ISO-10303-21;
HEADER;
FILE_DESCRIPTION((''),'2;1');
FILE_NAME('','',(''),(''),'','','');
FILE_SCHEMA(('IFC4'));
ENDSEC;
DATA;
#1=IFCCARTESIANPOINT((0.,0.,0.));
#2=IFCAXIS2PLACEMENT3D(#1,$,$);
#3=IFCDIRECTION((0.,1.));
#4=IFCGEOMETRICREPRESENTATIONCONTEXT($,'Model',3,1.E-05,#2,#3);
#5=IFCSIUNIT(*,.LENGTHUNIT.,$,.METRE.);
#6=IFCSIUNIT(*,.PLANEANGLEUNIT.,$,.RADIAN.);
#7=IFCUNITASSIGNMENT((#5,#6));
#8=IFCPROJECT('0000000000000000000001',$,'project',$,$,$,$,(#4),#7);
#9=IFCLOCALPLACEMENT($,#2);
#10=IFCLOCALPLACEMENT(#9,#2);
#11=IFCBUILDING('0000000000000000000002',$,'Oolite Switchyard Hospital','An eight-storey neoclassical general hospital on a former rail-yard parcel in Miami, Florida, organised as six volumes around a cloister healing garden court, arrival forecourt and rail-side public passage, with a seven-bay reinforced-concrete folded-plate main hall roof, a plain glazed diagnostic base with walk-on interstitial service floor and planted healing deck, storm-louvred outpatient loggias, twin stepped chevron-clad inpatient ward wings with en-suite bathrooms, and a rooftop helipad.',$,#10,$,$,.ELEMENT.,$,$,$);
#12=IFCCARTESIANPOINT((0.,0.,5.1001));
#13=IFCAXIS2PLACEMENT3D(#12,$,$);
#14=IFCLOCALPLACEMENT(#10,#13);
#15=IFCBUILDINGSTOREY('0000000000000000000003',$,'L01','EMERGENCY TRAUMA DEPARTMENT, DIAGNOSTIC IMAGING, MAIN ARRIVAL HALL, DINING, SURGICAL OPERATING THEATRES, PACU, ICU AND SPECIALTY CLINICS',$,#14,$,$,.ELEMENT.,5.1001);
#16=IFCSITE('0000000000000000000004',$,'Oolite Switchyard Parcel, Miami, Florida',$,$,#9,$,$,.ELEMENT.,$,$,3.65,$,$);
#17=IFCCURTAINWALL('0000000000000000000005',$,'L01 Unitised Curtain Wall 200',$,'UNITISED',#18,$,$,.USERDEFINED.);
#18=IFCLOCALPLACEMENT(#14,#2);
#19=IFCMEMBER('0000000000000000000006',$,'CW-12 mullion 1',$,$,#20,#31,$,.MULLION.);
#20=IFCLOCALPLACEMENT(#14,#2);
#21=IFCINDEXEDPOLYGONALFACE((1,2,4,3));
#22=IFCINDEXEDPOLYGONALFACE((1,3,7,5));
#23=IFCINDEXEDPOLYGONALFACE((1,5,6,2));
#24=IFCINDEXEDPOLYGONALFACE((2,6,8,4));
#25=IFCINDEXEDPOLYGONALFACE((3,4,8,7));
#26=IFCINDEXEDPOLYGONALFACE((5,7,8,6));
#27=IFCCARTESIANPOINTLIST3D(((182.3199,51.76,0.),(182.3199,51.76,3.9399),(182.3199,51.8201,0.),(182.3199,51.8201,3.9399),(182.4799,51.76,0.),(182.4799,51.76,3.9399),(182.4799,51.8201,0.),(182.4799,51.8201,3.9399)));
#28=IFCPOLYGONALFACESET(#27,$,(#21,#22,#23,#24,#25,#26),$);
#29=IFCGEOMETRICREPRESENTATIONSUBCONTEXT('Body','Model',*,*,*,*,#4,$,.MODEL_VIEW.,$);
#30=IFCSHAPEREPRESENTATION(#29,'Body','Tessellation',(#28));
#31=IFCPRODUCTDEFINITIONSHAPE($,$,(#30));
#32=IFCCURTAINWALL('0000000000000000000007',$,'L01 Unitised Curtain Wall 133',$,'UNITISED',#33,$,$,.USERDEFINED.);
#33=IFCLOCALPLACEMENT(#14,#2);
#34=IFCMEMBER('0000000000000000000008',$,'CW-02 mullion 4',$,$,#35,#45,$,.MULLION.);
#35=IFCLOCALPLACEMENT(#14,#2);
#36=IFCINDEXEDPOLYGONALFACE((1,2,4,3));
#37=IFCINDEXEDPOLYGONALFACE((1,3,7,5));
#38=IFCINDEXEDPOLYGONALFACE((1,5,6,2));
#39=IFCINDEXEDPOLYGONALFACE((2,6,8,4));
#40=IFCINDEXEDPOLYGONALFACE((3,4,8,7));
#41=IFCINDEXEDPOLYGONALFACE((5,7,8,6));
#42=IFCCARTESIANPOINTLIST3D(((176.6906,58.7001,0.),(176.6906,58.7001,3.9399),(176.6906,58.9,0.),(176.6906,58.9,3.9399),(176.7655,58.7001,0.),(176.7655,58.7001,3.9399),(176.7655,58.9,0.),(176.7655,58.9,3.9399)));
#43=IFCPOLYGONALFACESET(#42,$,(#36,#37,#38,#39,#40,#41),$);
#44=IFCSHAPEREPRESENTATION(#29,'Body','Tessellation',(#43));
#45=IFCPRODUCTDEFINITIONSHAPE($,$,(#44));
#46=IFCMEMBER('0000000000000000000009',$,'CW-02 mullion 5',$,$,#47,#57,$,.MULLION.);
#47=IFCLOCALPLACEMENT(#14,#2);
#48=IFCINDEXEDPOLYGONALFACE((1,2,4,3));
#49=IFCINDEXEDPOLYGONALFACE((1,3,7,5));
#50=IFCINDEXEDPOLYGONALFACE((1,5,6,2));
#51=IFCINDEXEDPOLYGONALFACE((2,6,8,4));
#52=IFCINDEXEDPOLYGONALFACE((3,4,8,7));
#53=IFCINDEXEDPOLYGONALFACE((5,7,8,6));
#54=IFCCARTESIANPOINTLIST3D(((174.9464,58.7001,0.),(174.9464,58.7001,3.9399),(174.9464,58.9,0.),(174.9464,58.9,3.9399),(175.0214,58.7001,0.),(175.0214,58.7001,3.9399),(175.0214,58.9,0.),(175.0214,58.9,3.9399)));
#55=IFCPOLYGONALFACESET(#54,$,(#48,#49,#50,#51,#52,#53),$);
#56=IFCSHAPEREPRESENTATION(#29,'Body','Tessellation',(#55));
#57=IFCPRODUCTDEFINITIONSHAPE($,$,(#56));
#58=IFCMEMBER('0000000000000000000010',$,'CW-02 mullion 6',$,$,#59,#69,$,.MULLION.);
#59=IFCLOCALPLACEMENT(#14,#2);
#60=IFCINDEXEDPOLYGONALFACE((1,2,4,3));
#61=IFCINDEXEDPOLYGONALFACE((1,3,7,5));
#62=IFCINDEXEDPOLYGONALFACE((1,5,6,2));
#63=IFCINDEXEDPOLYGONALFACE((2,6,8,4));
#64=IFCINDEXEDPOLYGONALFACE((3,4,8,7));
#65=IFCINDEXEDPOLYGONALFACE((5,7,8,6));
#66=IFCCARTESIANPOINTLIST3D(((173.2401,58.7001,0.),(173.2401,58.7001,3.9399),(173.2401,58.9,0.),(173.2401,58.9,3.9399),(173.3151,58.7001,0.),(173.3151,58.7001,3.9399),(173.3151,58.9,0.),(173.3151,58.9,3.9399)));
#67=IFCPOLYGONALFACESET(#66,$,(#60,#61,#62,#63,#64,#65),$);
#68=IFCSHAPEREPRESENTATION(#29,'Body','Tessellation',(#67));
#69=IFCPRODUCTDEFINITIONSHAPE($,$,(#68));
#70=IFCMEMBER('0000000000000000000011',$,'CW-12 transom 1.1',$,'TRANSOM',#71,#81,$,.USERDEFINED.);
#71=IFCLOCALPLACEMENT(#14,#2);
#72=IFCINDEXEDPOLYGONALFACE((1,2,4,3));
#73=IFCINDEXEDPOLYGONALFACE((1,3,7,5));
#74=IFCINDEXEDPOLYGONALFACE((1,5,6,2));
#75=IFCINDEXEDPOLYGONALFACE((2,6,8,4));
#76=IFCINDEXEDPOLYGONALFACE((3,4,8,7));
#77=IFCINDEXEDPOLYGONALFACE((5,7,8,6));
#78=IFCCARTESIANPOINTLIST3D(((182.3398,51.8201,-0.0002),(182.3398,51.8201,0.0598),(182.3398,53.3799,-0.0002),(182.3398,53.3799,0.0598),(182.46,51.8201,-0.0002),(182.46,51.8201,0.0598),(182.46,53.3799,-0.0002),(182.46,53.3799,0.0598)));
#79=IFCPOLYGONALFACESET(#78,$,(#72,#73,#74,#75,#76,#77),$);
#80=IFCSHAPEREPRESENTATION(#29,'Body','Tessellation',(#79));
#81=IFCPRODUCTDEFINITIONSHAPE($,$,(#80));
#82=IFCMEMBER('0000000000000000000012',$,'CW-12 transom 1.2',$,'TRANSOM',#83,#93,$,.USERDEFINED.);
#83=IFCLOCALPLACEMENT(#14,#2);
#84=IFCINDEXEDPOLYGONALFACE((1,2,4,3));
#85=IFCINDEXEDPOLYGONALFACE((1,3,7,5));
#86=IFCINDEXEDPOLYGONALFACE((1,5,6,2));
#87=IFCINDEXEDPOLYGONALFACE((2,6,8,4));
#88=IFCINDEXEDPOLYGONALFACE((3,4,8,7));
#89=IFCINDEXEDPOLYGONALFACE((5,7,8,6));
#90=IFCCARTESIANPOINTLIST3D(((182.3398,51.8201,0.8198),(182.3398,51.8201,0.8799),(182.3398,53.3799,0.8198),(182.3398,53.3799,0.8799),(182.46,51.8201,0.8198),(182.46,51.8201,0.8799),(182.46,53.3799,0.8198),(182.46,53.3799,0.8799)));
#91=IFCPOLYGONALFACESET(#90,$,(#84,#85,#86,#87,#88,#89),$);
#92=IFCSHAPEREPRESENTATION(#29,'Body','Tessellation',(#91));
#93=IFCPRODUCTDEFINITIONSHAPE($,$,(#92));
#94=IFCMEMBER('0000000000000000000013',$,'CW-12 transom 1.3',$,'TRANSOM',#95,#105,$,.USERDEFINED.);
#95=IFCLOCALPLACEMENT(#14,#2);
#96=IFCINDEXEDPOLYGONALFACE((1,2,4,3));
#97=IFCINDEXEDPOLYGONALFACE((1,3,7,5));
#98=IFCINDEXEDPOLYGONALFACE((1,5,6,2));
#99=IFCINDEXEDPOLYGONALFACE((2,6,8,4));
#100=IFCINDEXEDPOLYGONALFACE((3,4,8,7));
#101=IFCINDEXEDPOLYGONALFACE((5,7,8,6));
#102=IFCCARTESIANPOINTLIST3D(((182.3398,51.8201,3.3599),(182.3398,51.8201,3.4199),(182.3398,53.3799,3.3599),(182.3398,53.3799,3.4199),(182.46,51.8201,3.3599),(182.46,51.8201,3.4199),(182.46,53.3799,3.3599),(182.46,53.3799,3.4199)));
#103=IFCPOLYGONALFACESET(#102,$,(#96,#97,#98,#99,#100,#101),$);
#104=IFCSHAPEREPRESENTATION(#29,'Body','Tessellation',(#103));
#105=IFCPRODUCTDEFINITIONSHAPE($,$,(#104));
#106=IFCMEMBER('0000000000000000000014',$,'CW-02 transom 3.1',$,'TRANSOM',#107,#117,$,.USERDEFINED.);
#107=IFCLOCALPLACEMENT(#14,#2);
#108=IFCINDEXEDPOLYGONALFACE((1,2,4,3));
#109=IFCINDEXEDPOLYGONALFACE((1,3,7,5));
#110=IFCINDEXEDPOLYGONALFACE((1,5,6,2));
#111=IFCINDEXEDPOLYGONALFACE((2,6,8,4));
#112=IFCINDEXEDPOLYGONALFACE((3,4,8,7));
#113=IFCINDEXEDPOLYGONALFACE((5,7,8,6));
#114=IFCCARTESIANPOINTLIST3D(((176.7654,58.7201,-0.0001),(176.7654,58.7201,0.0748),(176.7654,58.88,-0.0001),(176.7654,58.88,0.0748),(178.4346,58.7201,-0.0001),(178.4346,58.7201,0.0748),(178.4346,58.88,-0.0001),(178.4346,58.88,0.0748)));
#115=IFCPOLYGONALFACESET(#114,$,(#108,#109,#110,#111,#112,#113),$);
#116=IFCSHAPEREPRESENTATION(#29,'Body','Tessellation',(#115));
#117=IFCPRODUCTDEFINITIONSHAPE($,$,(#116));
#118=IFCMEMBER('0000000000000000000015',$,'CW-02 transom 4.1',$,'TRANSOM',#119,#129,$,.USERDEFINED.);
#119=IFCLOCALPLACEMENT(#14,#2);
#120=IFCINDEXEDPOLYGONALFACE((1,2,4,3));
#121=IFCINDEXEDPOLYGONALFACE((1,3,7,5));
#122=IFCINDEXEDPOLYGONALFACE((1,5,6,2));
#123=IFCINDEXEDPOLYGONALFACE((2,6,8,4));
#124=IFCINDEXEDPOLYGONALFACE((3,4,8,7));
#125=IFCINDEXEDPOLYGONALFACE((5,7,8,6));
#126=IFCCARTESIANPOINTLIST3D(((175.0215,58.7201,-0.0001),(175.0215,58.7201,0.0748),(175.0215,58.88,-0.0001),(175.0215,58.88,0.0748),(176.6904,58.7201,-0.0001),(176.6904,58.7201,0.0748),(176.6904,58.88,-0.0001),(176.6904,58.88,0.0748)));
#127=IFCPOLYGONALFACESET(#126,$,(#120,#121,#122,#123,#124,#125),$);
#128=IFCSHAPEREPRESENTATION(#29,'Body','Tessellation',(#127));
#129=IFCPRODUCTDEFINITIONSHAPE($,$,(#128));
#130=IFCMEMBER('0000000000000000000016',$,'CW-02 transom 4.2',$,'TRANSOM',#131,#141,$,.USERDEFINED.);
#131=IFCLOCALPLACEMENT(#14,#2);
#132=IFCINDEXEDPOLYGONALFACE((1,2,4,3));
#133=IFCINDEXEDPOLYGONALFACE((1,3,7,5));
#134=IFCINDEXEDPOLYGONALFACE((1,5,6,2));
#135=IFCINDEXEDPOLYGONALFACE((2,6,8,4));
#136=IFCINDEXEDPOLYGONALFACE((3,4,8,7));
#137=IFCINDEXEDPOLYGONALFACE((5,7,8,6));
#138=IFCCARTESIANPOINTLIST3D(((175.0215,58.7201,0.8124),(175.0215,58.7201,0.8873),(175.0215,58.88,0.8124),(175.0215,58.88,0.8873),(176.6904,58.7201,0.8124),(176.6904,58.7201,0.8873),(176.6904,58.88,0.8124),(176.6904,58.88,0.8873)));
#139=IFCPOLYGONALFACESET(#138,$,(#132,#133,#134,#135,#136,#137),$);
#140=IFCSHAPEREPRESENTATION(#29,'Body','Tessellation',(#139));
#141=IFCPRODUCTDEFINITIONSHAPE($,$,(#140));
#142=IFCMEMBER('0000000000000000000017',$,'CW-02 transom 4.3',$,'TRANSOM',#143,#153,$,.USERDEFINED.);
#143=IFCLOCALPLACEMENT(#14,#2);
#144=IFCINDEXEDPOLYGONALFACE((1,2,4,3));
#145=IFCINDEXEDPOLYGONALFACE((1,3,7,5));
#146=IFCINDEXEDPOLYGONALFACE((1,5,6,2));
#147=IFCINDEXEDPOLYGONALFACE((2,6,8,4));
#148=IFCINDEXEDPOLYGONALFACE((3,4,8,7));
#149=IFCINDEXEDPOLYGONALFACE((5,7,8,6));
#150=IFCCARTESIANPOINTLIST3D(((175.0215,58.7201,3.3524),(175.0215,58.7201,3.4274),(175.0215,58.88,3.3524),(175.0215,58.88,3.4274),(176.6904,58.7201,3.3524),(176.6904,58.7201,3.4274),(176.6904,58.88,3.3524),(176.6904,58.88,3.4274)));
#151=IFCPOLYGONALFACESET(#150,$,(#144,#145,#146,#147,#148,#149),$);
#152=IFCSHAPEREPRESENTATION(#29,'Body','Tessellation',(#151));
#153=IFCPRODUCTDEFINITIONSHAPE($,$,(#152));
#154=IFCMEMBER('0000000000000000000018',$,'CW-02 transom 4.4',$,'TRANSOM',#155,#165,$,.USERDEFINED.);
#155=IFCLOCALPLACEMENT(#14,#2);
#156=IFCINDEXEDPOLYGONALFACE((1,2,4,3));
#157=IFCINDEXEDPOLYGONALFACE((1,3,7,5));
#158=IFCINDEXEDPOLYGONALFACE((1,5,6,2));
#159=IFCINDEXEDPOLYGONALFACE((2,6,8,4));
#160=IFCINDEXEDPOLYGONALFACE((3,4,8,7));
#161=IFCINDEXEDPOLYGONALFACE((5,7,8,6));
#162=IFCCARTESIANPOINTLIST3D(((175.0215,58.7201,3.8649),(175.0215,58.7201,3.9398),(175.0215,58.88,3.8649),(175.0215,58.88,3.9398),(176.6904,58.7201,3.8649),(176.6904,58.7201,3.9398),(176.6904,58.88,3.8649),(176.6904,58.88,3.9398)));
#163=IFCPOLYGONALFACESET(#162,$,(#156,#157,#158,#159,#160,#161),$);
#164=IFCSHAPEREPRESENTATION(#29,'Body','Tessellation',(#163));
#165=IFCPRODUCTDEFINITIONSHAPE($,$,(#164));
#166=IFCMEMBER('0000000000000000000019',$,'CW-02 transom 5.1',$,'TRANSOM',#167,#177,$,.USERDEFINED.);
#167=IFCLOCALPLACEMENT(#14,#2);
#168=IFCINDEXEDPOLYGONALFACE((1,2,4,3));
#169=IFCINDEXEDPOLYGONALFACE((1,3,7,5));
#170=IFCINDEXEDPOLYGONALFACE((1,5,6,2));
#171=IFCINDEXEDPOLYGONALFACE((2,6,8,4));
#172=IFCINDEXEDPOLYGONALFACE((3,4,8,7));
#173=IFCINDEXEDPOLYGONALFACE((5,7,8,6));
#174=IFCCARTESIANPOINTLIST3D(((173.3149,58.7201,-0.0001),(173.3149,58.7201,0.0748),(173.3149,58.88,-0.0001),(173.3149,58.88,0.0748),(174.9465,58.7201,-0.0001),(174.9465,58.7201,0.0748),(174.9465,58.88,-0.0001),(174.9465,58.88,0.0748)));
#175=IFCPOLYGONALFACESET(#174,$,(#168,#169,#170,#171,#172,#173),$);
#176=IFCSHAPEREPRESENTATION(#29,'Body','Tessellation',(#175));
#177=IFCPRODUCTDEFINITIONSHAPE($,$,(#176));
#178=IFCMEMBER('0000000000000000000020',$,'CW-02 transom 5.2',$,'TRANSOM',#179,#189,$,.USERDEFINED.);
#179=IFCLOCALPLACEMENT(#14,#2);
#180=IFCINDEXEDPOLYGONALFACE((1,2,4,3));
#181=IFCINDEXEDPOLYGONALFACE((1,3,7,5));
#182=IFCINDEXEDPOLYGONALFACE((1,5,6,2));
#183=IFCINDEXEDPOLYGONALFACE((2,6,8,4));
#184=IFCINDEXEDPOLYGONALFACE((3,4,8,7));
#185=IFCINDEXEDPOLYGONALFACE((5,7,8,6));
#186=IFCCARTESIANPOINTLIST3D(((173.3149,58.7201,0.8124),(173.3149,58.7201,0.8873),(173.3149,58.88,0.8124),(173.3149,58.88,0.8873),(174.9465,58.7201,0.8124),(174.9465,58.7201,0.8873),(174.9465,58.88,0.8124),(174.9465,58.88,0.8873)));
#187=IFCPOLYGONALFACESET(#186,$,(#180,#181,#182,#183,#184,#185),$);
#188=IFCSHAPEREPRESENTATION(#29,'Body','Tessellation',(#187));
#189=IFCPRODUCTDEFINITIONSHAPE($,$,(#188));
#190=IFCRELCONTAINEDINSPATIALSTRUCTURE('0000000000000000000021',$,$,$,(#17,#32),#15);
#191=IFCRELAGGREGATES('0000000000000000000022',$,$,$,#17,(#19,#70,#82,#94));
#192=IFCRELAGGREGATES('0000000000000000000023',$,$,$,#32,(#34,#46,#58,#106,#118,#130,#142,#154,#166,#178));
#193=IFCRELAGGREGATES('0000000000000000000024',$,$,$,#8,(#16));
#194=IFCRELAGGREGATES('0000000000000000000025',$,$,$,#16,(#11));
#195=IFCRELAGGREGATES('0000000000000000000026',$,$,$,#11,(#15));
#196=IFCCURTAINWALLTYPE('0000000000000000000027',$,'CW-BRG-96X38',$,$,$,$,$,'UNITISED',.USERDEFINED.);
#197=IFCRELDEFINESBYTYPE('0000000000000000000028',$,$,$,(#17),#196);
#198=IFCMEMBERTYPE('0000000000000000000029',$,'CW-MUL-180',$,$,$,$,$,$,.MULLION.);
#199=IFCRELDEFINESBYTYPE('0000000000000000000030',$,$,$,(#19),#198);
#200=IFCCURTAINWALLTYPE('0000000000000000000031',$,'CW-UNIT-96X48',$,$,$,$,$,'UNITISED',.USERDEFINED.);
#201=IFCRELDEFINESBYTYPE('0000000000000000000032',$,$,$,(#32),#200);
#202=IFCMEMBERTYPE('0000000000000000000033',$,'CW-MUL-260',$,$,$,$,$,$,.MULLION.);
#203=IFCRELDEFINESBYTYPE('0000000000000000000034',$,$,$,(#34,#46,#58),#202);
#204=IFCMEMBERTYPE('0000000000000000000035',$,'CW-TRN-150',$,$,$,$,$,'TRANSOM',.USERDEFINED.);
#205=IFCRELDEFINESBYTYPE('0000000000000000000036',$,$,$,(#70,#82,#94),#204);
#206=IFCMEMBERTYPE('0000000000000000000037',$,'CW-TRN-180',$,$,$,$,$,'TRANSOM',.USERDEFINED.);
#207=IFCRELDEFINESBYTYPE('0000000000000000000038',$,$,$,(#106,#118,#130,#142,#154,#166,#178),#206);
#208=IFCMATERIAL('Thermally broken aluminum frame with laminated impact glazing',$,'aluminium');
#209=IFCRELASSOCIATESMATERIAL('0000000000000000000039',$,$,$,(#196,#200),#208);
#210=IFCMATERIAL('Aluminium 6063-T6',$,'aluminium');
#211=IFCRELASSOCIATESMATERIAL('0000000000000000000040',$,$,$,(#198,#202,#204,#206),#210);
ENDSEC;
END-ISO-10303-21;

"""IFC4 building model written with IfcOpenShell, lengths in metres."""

from ifc_helpers import new_model, si_unit, direction, frame, origin, origin_2d, place, context, subcontext, project, spatial, rectangle, extrude, material, material_profile, profile_set, type_object, element, aggregate, save


model = new_model("IFC4")

# Units and contexts
model_context = context("Model", 3, precision=1e-05, world=origin(), true_north=direction((0.0, 1.0)))
body_context = subcontext(model_context, "Body", "Model", "MODEL_VIEW")
ifc_project = project(units=[si_unit("LENGTHUNIT", "METRE"), si_unit("PLANEANGLEUNIT", "RADIAN")], contexts=[model_context])

# Site, building, storey
site_placement = place(None, origin())
site = spatial("IfcSite", under=ifc_project, at=site_placement, Name="Oolite Switchyard Parcel, Miami, Florida", CompositionType="ELEMENT", RefElevation=3.65)
building_placement = place(site_placement, origin())
building = spatial("IfcBuilding", under=site, at=building_placement, Name="Oolite Switchyard Hospital", Description="An eight-storey neoclassical general hospital on a former rail-yard parcel in Miami, Florida, organised as six volumes around a cloister healing garden court, arrival forecourt and rail-side public passage, with a seven-bay reinforced-concrete folded-plate main hall roof, a plain glazed diagnostic base with walk-on interstitial service floor and planted healing deck, storm-louvred outpatient loggias, twin stepped chevron-clad inpatient ward wings with en-suite bathrooms, and a rooftop helipad.", CompositionType="ELEMENT")
storey_placement = place(building_placement, frame((0.0, 0.0, 5.1001)))
storey = spatial("IfcBuildingStorey", under=building, at=storey_placement, Name="L01", Description="EMERGENCY TRAUMA DEPARTMENT, DIAGNOSTIC IMAGING, MAIN ARRIVAL HALL, DINING, SURGICAL OPERATING THEATRES, PACU, ICU AND SPECIALTY CLINICS", CompositionType="ELEMENT", Elevation=5.1001)

# Curtain wall, member
ifc_material_1 = material(Name="Thermally broken aluminum frame with laminated impact glazing", Category="aluminium")
curtain_wall_type_1 = type_object("IfcCurtainWallType", Name="CW-BRG-96X38", ElementType="UNITISED", PredefinedType="USERDEFINED", material=ifc_material_1)
curtain_wall_1_placement = place(storey_placement, origin())
curtain_wall_1 = element("IfcCurtainWall", 1, at=curtain_wall_1_placement, inside=storey, type_object=curtain_wall_type_1, Name="L01 Unitised Curtain Wall 200", ObjectType="UNITISED", PredefinedType="USERDEFINED")
ifc_material_2 = material(Name="Aluminium 6063-T6", Category="aluminium")
ifc_material_profile_1 = material_profile(ifc_material_2, rectangle(XDim=0.1599, YDim=0.0601, at=origin_2d()), Name="CWM60X160")
ifc_profile_set_1 = profile_set([ifc_material_profile_1], Name="Aluminium 6063-T6")
member_type_1 = type_object("IfcMemberType", Name="CW-MUL-180", PredefinedType="MULLION", material=ifc_profile_set_1)
member_1_placement = place(storey_placement, frame((182.3999, 51.79, 0.0), z_axis=(0.0, 0.0, 1.0), x_axis=(-1.0, 0.0, 0.0)))
member_1 = element("IfcMember", 2, at=member_1_placement, type_object=member_type_1, Name="CW-12 mullion 1", PredefinedType="MULLION", context=body_context, shape_type="SweptSolid", body=[
    extrude(rectangle(XDim=0.1599, YDim=0.0601, at=origin_2d()), origin(), (0.0, 0.0, 1.0), 3.9399),
])

# Curtain wall, members
curtain_wall_type_2 = type_object("IfcCurtainWallType", Name="CW-UNIT-96X48", ElementType="UNITISED", PredefinedType="USERDEFINED", material=ifc_material_1)
curtain_wall_2_placement = place(storey_placement, origin())
curtain_wall_2 = element("IfcCurtainWall", 3, at=curtain_wall_2_placement, inside=storey, type_object=curtain_wall_type_2, Name="L01 Unitised Curtain Wall 133", ObjectType="UNITISED", PredefinedType="USERDEFINED")
ifc_material_profile_2 = material_profile(ifc_material_2, rectangle(XDim=0.2, YDim=0.075, at=origin_2d()), Name="CWM75X200")
ifc_profile_set_2 = profile_set([ifc_material_profile_2], Name="Aluminium 6063-T6")
member_type_2 = type_object("IfcMemberType", Name="CW-MUL-260", PredefinedType="MULLION", material=ifc_profile_set_2)
member_2_placement = place(storey_placement, frame((176.728, 58.8, 0.0), z_axis=(0.0, 0.0, 1.0), x_axis=(0.0, -1.0, 0.0)))
member_2 = element("IfcMember", 4, at=member_2_placement, type_object=member_type_2, Name="CW-02 mullion 4", PredefinedType="MULLION", context=body_context, shape_type="SweptSolid", body=[
    extrude(rectangle(XDim=0.2, YDim=0.075, at=origin_2d()), origin(), (0.0, 0.0, 1.0), 3.9399),
])
member_3_placement = place(storey_placement, frame((174.9839, 58.8, 0.0), z_axis=(0.0, 0.0, 1.0), x_axis=(0.0, -1.0, 0.0)))
member_3 = element("IfcMember", 5, at=member_3_placement, type_object=member_type_2, Name="CW-02 mullion 5", PredefinedType="MULLION", context=body_context, shape_type="SweptSolid", body=[
    extrude(rectangle(XDim=0.2, YDim=0.075, at=origin_2d()), origin(), (0.0, 0.0, 1.0), 3.9399),
])
member_4_placement = place(storey_placement, frame((173.2776, 58.8, 0.0), z_axis=(0.0, 0.0, 1.0), x_axis=(0.0, -1.0, 0.0)))
member_4 = element("IfcMember", 6, at=member_4_placement, type_object=member_type_2, Name="CW-02 mullion 6", PredefinedType="MULLION", context=body_context, shape_type="SweptSolid", body=[
    extrude(rectangle(XDim=0.2, YDim=0.075, at=origin_2d()), origin(), (0.0, 0.0, 1.0), 3.9399),
])

# Members
ifc_material_profile_3 = material_profile(ifc_material_2, rectangle(XDim=0.1201, YDim=0.0601, at=origin_2d()), Name="CWT60X120")
ifc_profile_set_3 = profile_set([ifc_material_profile_3], Name="Aluminium 6063-T6")
member_type_3 = type_object("IfcMemberType", Name="CW-TRN-150", ElementType="TRANSOM", PredefinedType="USERDEFINED", material=ifc_profile_set_3)
member_5_placement = place(storey_placement, frame((182.3999, 51.8201, 0.0298), z_axis=(0.0, 1.0, 0.0), x_axis=(-1.0, 0.0, 0.0)))
member_5 = element("IfcMember", 7, at=member_5_placement, type_object=member_type_3, Name="CW-12 transom 1.1", ObjectType="TRANSOM", PredefinedType="USERDEFINED", context=body_context, shape_type="SweptSolid", body=[
    extrude(rectangle(XDim=0.1201, YDim=0.0601, at=origin_2d()), origin(), (0.0, 0.0, 1.0), 1.5598),
])
member_6_placement = place(storey_placement, frame((182.3999, 51.8201, 0.8499), z_axis=(0.0, 1.0, 0.0), x_axis=(-1.0, 0.0, 0.0)))
member_6 = element("IfcMember", 8, at=member_6_placement, type_object=member_type_3, Name="CW-12 transom 1.2", ObjectType="TRANSOM", PredefinedType="USERDEFINED", context=body_context, shape_type="SweptSolid", body=[
    extrude(rectangle(XDim=0.1201, YDim=0.0601, at=origin_2d()), origin(), (0.0, 0.0, 1.0), 1.5598),
])
member_7_placement = place(storey_placement, frame((182.3999, 51.8201, 3.3899), z_axis=(0.0, 1.0, 0.0), x_axis=(-1.0, 0.0, 0.0)))
member_7 = element("IfcMember", 9, at=member_7_placement, type_object=member_type_3, Name="CW-12 transom 1.3", ObjectType="TRANSOM", PredefinedType="USERDEFINED", context=body_context, shape_type="SweptSolid", body=[
    extrude(rectangle(XDim=0.1201, YDim=0.0601, at=origin_2d()), origin(), (0.0, 0.0, 1.0), 1.5598),
])
aggregate(curtain_wall_1, [member_1, member_5, member_6, member_7])
ifc_material_profile_4 = material_profile(ifc_material_2, rectangle(XDim=0.1599, YDim=0.075, at=origin_2d()), Name="CWT75X160")
ifc_profile_set_4 = profile_set([ifc_material_profile_4], Name="Aluminium 6063-T6")
member_type_4 = type_object("IfcMemberType", Name="CW-TRN-180", ElementType="TRANSOM", PredefinedType="USERDEFINED", material=ifc_profile_set_4)
member_8_placement = place(storey_placement, frame((178.4346, 58.8, 0.0374), z_axis=(-1.0, 0.0, 0.0), x_axis=(0.0, -1.0, 0.0)))
member_8 = element("IfcMember", 10, at=member_8_placement, type_object=member_type_4, Name="CW-02 transom 3.1", ObjectType="TRANSOM", PredefinedType="USERDEFINED", context=body_context, shape_type="SweptSolid", body=[
    extrude(rectangle(XDim=0.1599, YDim=0.075, at=origin_2d()), origin(), (0.0, 0.0, 1.0), 1.6692),
])
member_9_placement = place(storey_placement, frame((176.6904, 58.8, 0.0374), z_axis=(-1.0, 0.0, 0.0), x_axis=(0.0, -1.0, 0.0)))
member_9 = element("IfcMember", 11, at=member_9_placement, type_object=member_type_4, Name="CW-02 transom 4.1", ObjectType="TRANSOM", PredefinedType="USERDEFINED", context=body_context, shape_type="SweptSolid", body=[
    extrude(rectangle(XDim=0.1599, YDim=0.075, at=origin_2d()), origin(), (0.0, 0.0, 1.0), 1.6689),
])
member_10_placement = place(storey_placement, frame((176.6904, 58.8, 0.8499), z_axis=(-1.0, 0.0, 0.0), x_axis=(0.0, -1.0, 0.0)))
member_10 = element("IfcMember", 12, at=member_10_placement, type_object=member_type_4, Name="CW-02 transom 4.2", ObjectType="TRANSOM", PredefinedType="USERDEFINED", context=body_context, shape_type="SweptSolid", body=[
    extrude(rectangle(XDim=0.1599, YDim=0.075, at=origin_2d()), origin(), (0.0, 0.0, 1.0), 1.6689),
])
member_11_placement = place(storey_placement, frame((176.6904, 58.8, 3.3899), z_axis=(-1.0, 0.0, 0.0), x_axis=(0.0, -1.0, 0.0)))
member_11 = element("IfcMember", 13, at=member_11_placement, type_object=member_type_4, Name="CW-02 transom 4.3", ObjectType="TRANSOM", PredefinedType="USERDEFINED", context=body_context, shape_type="SweptSolid", body=[
    extrude(rectangle(XDim=0.1599, YDim=0.075, at=origin_2d()), origin(), (0.0, 0.0, 1.0), 1.6689),
])
member_12_placement = place(storey_placement, frame((176.6904, 58.8, 3.9023), z_axis=(-1.0, 0.0, 0.0), x_axis=(0.0, -1.0, 0.0)))
member_12 = element("IfcMember", 14, at=member_12_placement, type_object=member_type_4, Name="CW-02 transom 4.4", ObjectType="TRANSOM", PredefinedType="USERDEFINED", context=body_context, shape_type="SweptSolid", body=[
    extrude(rectangle(XDim=0.1599, YDim=0.075, at=origin_2d()), origin(), (0.0, 0.0, 1.0), 1.6689),
])
member_13_placement = place(storey_placement, frame((174.9465, 58.8, 0.0374), z_axis=(-1.0, 0.0, 0.0), x_axis=(0.0, -1.0, 0.0)))
member_13 = element("IfcMember", 15, at=member_13_placement, type_object=member_type_4, Name="CW-02 transom 5.1", ObjectType="TRANSOM", PredefinedType="USERDEFINED", context=body_context, shape_type="SweptSolid", body=[
    extrude(rectangle(XDim=0.1599, YDim=0.075, at=origin_2d()), origin(), (0.0, 0.0, 1.0), 1.6316),
])
member_14_placement = place(storey_placement, frame((174.9465, 58.8, 0.8499), z_axis=(-1.0, 0.0, 0.0), x_axis=(0.0, -1.0, 0.0)))
member_14 = element("IfcMember", 16, at=member_14_placement, type_object=member_type_4, Name="CW-02 transom 5.2", ObjectType="TRANSOM", PredefinedType="USERDEFINED", context=body_context, shape_type="SweptSolid", body=[
    extrude(rectangle(XDim=0.1599, YDim=0.075, at=origin_2d()), origin(), (0.0, 0.0, 1.0), 1.6316),
])

aggregate(curtain_wall_2, [member_2, member_3, member_4, member_8, member_9, member_10, member_11, member_12, member_13, member_14])

save(model, "model.ifc")
